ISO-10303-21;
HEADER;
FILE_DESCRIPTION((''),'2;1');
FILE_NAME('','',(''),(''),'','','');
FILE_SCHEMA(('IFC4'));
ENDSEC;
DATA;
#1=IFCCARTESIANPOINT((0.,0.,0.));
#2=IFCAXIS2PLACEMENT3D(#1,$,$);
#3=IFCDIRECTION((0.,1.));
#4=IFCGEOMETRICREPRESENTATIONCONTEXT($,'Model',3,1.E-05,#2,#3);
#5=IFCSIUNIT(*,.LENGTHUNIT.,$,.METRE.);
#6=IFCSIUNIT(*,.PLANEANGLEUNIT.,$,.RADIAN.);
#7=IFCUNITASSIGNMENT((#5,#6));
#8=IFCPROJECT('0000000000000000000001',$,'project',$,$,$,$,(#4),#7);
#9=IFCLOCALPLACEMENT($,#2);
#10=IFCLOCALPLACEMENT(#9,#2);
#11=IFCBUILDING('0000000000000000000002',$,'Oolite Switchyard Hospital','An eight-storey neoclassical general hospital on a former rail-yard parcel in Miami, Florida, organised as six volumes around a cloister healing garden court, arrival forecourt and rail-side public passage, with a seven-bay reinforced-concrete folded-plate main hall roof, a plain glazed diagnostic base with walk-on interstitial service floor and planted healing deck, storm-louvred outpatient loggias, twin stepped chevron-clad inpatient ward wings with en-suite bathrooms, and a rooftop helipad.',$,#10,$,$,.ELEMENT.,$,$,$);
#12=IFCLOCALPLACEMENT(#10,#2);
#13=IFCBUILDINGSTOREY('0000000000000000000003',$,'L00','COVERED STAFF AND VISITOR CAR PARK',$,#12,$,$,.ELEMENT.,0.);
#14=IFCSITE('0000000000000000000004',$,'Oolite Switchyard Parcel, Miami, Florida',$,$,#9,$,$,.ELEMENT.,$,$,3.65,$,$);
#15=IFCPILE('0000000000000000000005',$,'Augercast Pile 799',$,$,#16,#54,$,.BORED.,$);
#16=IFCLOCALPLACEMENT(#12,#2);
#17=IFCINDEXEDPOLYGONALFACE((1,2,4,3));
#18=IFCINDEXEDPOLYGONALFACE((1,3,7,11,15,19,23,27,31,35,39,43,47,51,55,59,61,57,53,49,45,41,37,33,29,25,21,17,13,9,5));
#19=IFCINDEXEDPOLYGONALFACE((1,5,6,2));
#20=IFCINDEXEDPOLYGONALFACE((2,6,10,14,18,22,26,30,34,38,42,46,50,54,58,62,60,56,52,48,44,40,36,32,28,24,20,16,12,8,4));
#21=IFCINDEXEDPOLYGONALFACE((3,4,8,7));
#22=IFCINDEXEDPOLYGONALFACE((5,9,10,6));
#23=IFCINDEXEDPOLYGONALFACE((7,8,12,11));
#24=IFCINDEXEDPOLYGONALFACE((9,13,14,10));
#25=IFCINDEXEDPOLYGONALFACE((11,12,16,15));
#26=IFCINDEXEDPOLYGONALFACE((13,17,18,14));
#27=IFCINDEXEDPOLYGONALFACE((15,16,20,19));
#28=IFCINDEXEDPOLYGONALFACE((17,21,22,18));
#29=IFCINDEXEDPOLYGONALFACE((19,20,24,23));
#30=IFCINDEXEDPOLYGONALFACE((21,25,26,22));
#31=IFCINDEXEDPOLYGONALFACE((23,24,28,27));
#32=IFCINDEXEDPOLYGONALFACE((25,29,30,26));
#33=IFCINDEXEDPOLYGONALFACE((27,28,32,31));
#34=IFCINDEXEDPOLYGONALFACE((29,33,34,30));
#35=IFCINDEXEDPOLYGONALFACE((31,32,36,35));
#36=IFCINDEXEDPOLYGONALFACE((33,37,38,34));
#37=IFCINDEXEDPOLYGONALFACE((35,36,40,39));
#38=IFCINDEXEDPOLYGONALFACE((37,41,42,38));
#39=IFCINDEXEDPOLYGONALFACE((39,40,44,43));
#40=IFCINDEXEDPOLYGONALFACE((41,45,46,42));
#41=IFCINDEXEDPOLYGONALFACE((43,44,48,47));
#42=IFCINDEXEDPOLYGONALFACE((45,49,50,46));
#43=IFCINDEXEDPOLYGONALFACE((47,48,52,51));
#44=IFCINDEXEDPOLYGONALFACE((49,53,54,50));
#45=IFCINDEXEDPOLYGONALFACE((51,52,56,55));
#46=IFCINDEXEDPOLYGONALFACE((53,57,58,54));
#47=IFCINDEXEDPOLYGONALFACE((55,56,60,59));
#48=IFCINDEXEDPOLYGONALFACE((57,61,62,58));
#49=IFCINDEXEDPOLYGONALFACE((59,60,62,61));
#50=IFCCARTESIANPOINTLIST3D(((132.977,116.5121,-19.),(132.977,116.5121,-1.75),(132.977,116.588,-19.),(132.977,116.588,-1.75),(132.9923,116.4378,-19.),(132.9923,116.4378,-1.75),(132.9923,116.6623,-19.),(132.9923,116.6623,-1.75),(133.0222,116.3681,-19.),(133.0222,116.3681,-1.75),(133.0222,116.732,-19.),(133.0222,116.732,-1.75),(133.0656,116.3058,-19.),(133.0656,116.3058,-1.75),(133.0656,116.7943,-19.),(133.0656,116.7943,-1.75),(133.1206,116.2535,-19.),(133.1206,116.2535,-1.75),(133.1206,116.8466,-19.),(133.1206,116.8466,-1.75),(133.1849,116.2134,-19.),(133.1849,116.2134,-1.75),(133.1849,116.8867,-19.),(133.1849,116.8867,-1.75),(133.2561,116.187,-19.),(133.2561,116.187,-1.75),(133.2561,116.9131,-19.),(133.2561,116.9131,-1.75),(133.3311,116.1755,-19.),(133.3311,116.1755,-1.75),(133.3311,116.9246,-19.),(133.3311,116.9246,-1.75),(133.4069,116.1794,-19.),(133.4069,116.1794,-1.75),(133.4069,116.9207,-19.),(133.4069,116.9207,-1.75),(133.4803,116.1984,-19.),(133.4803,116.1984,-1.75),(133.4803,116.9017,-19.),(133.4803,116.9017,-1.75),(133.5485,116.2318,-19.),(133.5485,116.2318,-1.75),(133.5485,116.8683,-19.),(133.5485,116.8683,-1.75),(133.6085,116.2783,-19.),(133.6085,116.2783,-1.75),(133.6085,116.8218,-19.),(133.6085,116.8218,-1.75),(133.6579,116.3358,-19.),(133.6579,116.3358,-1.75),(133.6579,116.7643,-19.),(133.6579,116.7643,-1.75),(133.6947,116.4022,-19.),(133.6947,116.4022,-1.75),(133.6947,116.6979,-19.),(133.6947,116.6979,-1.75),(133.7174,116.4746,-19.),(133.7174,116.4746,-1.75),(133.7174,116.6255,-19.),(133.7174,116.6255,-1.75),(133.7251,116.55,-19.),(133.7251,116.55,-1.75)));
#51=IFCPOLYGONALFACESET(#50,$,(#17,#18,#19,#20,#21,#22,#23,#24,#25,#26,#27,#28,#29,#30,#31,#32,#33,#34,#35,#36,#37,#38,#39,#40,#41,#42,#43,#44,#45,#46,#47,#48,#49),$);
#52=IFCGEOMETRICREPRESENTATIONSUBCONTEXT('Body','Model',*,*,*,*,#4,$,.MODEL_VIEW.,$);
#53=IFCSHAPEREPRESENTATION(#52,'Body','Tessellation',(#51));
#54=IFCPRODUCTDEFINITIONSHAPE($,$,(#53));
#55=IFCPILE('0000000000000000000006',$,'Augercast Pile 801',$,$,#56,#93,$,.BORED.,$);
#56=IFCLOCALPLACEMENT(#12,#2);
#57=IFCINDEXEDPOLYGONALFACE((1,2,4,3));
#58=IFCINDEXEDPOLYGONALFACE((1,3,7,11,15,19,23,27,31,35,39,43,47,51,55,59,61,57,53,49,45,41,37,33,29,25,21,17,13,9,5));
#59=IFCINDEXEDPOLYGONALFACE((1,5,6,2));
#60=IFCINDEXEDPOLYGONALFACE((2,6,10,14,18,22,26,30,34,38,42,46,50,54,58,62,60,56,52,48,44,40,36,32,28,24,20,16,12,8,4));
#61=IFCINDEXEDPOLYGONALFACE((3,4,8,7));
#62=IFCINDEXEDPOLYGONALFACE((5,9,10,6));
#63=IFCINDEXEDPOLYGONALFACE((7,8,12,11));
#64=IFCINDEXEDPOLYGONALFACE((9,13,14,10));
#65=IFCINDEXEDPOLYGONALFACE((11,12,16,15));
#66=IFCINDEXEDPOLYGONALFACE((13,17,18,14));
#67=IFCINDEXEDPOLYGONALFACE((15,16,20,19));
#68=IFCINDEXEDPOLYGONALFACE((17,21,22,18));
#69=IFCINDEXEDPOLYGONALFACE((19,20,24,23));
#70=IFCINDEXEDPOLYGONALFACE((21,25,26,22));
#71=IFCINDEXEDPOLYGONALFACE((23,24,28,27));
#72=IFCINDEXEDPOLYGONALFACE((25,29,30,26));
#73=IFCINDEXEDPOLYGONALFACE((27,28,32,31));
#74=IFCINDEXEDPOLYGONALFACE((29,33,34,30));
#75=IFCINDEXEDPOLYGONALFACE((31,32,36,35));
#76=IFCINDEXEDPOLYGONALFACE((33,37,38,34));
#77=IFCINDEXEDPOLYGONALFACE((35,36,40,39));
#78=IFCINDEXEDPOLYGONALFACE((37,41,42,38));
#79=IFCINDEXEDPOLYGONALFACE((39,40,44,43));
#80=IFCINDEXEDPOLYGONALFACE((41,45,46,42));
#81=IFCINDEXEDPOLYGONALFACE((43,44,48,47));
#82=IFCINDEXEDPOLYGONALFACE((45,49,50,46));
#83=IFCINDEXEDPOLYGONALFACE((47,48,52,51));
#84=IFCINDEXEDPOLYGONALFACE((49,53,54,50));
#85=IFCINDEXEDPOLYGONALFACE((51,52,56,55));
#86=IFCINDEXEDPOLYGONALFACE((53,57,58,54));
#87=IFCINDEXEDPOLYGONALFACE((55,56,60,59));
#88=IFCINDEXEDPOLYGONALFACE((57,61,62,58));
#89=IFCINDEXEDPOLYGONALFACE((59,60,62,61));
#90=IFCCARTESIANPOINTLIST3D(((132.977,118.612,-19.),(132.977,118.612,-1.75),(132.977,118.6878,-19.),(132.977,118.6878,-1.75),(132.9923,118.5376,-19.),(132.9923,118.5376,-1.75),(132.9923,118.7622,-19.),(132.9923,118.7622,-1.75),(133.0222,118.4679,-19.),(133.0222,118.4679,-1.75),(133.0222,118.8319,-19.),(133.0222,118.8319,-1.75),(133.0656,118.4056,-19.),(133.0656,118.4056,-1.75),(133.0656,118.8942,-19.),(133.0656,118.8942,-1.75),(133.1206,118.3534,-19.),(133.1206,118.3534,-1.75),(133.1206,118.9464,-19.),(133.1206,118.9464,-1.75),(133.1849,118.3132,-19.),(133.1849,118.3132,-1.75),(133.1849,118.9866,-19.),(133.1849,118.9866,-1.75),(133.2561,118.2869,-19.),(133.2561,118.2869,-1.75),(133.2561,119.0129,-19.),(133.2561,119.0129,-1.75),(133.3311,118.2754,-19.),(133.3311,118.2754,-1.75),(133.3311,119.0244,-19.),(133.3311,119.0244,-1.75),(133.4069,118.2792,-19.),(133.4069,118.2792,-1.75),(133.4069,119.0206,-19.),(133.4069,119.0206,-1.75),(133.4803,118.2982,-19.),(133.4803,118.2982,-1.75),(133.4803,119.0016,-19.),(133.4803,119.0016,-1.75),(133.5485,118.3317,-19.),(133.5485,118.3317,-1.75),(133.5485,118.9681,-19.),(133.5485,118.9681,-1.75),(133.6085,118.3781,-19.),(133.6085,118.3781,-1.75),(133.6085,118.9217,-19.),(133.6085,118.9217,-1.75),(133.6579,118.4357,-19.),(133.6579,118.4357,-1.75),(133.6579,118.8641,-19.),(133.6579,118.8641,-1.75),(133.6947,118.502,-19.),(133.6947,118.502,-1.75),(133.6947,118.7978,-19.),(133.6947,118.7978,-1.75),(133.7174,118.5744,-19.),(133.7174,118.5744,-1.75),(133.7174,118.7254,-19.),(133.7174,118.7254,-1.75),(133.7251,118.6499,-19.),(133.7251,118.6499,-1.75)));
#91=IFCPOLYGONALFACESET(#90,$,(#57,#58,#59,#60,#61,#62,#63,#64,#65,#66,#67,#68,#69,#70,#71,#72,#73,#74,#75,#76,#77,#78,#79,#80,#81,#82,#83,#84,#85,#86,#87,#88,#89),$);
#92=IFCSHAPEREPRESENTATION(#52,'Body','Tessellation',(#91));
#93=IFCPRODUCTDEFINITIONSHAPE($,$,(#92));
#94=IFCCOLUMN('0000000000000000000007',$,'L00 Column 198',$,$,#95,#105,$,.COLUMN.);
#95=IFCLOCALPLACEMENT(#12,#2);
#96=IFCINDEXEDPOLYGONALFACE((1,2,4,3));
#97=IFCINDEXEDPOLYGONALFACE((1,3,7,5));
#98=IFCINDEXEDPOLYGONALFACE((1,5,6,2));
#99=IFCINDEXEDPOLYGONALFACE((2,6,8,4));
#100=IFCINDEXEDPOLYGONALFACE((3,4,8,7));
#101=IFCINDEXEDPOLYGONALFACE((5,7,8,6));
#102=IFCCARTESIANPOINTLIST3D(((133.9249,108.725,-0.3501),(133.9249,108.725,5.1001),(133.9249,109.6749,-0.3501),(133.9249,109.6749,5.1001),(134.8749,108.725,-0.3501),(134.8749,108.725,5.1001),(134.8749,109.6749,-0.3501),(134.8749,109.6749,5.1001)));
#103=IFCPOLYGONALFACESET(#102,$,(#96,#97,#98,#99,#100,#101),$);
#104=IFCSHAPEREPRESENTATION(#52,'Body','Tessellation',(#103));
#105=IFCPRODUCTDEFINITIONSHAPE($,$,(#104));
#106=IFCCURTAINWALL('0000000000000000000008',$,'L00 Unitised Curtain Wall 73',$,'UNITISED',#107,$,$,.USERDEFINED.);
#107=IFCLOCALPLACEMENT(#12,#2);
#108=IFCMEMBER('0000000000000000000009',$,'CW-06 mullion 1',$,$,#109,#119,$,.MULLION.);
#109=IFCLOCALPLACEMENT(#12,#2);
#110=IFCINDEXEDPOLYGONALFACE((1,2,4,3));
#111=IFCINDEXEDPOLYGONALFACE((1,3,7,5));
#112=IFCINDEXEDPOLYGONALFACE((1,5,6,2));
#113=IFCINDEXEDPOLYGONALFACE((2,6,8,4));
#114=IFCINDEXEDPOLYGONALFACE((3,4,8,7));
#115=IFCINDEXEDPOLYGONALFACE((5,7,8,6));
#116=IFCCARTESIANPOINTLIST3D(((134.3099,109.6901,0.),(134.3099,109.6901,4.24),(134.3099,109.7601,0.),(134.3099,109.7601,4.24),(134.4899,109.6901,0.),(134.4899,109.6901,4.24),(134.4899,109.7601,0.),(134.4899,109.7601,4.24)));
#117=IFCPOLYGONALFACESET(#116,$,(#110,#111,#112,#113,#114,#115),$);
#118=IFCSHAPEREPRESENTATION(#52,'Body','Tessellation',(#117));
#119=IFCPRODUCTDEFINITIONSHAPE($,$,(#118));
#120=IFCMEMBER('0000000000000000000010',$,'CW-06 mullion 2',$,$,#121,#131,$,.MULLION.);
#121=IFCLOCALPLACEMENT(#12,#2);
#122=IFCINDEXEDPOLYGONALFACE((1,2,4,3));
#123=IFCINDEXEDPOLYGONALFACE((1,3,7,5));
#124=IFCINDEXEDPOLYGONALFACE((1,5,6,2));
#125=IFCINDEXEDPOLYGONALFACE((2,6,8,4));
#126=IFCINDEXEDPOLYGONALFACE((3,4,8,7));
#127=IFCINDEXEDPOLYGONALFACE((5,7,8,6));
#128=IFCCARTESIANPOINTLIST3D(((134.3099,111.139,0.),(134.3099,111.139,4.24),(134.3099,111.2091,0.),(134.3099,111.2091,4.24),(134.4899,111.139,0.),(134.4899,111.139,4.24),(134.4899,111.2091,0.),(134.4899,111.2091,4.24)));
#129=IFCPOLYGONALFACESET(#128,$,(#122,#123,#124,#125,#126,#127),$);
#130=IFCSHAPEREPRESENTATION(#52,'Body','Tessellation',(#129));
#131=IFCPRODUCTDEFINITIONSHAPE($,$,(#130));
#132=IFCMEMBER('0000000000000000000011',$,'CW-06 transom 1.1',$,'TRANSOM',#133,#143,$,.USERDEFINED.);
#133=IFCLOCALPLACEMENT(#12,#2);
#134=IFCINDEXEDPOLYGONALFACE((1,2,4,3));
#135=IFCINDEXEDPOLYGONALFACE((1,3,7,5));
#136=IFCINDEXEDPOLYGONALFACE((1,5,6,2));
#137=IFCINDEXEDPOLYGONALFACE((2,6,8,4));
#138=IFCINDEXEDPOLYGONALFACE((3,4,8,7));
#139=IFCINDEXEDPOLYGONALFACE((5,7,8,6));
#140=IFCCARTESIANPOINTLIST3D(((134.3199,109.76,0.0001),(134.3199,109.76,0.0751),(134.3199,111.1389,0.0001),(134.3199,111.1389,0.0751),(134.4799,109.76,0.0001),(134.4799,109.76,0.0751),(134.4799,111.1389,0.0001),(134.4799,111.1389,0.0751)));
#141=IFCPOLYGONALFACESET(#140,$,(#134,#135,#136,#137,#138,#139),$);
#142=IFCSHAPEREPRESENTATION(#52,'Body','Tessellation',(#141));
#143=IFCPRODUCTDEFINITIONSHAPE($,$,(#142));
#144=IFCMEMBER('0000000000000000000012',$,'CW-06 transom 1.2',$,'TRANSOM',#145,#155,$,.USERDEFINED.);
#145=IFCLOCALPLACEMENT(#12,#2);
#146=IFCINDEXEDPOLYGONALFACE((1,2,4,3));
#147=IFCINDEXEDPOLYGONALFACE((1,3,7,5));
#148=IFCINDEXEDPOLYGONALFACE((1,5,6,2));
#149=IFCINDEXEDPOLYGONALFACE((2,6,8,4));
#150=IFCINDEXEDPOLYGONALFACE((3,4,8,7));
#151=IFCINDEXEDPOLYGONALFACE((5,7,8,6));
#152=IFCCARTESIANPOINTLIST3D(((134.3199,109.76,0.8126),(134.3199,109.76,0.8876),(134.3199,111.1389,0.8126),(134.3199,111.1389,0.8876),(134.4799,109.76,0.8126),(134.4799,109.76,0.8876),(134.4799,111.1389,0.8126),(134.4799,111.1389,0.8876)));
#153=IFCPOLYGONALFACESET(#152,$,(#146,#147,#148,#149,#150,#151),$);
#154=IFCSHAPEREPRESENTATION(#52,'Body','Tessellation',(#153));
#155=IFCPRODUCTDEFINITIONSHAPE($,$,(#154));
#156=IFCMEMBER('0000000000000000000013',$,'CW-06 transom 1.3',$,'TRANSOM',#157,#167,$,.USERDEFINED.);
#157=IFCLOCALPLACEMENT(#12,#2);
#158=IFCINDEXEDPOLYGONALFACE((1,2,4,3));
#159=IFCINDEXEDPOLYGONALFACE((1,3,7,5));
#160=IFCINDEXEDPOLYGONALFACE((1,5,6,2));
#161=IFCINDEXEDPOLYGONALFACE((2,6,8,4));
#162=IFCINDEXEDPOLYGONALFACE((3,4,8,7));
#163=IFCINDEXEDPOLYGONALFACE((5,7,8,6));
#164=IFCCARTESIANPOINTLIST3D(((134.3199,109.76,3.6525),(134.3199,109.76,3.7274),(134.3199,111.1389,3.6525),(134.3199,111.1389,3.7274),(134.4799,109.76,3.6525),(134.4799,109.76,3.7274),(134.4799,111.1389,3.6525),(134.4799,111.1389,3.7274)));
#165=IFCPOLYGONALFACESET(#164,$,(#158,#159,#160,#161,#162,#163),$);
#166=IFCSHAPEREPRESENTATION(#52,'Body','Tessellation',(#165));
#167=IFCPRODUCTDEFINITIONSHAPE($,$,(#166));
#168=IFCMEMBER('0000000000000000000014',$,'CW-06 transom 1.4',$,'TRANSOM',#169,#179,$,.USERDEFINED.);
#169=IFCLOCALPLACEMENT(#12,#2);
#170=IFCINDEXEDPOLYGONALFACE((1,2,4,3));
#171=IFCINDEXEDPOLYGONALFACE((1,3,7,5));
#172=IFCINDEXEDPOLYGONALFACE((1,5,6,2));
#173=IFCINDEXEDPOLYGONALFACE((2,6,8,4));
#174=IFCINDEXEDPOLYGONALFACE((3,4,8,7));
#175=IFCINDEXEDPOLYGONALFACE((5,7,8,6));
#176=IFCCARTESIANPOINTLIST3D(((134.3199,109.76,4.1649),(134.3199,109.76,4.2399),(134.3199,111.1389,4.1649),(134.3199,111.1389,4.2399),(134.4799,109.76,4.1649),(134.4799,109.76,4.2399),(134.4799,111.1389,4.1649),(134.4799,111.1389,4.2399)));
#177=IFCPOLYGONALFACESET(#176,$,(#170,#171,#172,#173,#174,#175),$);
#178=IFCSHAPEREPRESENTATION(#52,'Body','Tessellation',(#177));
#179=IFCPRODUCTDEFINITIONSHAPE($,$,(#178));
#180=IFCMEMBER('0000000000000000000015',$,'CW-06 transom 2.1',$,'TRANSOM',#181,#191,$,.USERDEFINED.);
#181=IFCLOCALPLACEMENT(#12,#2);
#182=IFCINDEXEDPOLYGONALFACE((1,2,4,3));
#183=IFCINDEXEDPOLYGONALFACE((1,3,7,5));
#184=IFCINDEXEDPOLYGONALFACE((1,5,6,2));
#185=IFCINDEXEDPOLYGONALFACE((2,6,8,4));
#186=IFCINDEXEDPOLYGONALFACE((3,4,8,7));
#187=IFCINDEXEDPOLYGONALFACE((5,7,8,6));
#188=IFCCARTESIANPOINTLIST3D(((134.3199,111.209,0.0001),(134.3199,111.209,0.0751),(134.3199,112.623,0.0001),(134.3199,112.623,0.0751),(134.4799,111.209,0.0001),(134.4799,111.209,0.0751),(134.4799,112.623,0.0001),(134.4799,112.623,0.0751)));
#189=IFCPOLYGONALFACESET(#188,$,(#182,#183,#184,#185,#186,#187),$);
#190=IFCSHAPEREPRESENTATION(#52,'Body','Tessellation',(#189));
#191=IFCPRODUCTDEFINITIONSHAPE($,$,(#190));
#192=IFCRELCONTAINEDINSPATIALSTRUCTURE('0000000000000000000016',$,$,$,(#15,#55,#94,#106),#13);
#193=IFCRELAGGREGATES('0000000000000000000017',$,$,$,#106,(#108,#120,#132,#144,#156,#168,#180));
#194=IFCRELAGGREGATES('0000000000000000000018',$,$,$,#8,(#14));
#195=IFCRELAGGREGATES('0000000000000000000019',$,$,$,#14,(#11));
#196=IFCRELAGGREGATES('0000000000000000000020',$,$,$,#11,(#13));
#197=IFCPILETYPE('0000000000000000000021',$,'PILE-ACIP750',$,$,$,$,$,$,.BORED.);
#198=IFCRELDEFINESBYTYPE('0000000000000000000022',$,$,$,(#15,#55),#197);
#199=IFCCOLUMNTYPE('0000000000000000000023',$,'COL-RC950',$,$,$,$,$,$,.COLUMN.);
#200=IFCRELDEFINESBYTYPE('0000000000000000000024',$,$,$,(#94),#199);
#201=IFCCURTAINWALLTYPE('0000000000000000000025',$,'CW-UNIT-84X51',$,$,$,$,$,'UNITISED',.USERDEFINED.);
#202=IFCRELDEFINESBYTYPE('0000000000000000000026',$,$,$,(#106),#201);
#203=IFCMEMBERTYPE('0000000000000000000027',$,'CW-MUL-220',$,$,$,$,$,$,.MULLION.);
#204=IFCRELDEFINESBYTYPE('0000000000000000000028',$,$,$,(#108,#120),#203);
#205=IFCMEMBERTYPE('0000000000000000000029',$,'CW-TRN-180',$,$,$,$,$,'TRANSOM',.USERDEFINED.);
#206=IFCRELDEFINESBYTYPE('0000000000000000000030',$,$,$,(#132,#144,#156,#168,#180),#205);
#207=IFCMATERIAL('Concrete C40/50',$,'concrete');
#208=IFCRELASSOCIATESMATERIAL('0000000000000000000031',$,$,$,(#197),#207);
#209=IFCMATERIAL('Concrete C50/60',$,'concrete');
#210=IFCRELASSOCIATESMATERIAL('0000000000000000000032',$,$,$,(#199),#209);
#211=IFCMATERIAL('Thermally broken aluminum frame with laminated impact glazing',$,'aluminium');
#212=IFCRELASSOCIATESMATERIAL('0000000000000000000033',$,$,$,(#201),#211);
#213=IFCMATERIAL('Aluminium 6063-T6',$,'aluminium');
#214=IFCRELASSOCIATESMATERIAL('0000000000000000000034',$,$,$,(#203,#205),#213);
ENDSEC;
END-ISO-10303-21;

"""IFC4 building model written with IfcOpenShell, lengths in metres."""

from ifc_helpers import new_model, si_unit, direction, frame, origin, origin_2d, place, context, subcontext, project, spatial, rectangle, circle, extrude, material, material_profile, profile_set, type_object, element, aggregate, save


model = new_model("IFC4")

# Units and contexts
model_context = context("Model", 3, precision=1e-05, world=origin(), true_north=direction((0.0, 1.0)))
body_context = subcontext(model_context, "Body", "Model", "MODEL_VIEW")
ifc_project = project(units=[si_unit("LENGTHUNIT", "METRE"), si_unit("PLANEANGLEUNIT", "RADIAN")], contexts=[model_context])

# Site, building, storey
site_placement = place(None, origin())
site = spatial("IfcSite", under=ifc_project, at=site_placement, Name="Oolite Switchyard Parcel, Miami, Florida", CompositionType="ELEMENT", RefElevation=3.65)
building_placement = place(site_placement, origin())
building = spatial("IfcBuilding", under=site, at=building_placement, Name="Oolite Switchyard Hospital", Description="An eight-storey neoclassical general hospital on a former rail-yard parcel in Miami, Florida, organised as six volumes around a cloister healing garden court, arrival forecourt and rail-side public passage, with a seven-bay reinforced-concrete folded-plate main hall roof, a plain glazed diagnostic base with walk-on interstitial service floor and planted healing deck, storm-louvred outpatient loggias, twin stepped chevron-clad inpatient ward wings with en-suite bathrooms, and a rooftop helipad.", CompositionType="ELEMENT")
storey_placement = place(building_placement, origin())
storey = spatial("IfcBuildingStorey", under=building, at=storey_placement, Name="L00", Description="COVERED STAFF AND VISITOR CAR PARK", CompositionType="ELEMENT", Elevation=0.0)

# Shared definitions
ifc_material_1 = material(Name="Concrete C40/50", Category="concrete")

# Piles
ifc_material_profile_1 = material_profile(ifc_material_1, circle(Radius=0.375, at=origin_2d()), Name="PILE750")
ifc_profile_set_1 = profile_set([ifc_material_profile_1], Name="Concrete C40/50")
pile_type_1 = type_object("IfcPileType", Name="PILE-ACIP750", PredefinedType="BORED", material=ifc_profile_set_1)
for number, where, z_axis, x_axis, name in (
    (1, (133.3501, 116.55, -1.75), (0.0, 0.0, -1.0), (1.0, 0.0, 0.0), "Augercast Pile 799"),
    (2, (133.3501, 118.6499, -1.75), (0.0, 0.0, -1.0), (1.0, 0.0, 0.0), "Augercast Pile 801"),
):
    element("IfcPile", number, at=place(storey_placement, frame(where, z_axis=z_axis, x_axis=x_axis)), inside=storey, type_object=pile_type_1, Name=name, PredefinedType="BORED", context=body_context, shape_type="SweptSolid", body=[
        extrude(circle(Radius=0.375, at=origin_2d()), origin(), (0.0, 0.0, 1.0), 17.25),
    ])

# Column
ifc_material_2 = material(Name="Concrete C50/60", Category="concrete")
ifc_material_profile_2 = material_profile(ifc_material_2, rectangle(XDim=0.95, YDim=0.95, at=origin_2d()), Name="RC950X950")
ifc_profile_set_2 = profile_set([ifc_material_profile_2], Name="Concrete C50/60")
column_type = type_object("IfcColumnType", Name="COL-RC950", PredefinedType="COLUMN", material=ifc_profile_set_2)
column_placement = place(storey_placement, frame((134.3999, 109.2, -0.3501), z_axis=(0.0, 0.0, 1.0), x_axis=(1.0, 0.0, 0.0)))
element("IfcColumn", 3, at=column_placement, inside=storey, type_object=column_type, Name="L00 Column 198", PredefinedType="COLUMN", context=body_context, shape_type="SweptSolid", body=[
    extrude(rectangle(XDim=0.95, YDim=0.95, at=origin_2d()), origin(), (0.0, 0.0, 1.0), 5.4502),
])

# Curtain wall, members
ifc_material_3 = material(Name="Thermally broken aluminum frame with laminated impact glazing", Category="aluminium")
curtain_wall_type = type_object("IfcCurtainWallType", Name="CW-UNIT-84X51", ElementType="UNITISED", PredefinedType="USERDEFINED", material=ifc_material_3)
curtain_wall_placement = place(storey_placement, origin())
curtain_wall = element("IfcCurtainWall", 4, at=curtain_wall_placement, inside=storey, type_object=curtain_wall_type, Name="L00 Unitised Curtain Wall 73", ObjectType="UNITISED", PredefinedType="USERDEFINED")
ifc_material_4 = material(Name="Aluminium 6063-T6", Category="aluminium")
ifc_material_profile_3 = material_profile(ifc_material_4, rectangle(XDim=0.1799, YDim=0.0701, at=origin_2d()), Name="CWM70X180")
ifc_profile_set_3 = profile_set([ifc_material_profile_3], Name="Aluminium 6063-T6")
member_type_1 = type_object("IfcMemberType", Name="CW-MUL-220", PredefinedType="MULLION", material=ifc_profile_set_3)
member_1_placement = place(storey_placement, frame((134.3999, 109.7251, 0.0), z_axis=(0.0, 0.0, 1.0), x_axis=(-1.0, 0.0, 0.0)))
member_1 = element("IfcMember", 5, at=member_1_placement, type_object=member_type_1, Name="CW-06 mullion 1", PredefinedType="MULLION", context=body_context, shape_type="SweptSolid", body=[
    extrude(rectangle(XDim=0.1799, YDim=0.0701, at=origin_2d()), origin(), (0.0, 0.0, 1.0), 4.24),
])
member_2_placement = place(storey_placement, frame((134.3999, 111.1741, 0.0), z_axis=(0.0, 0.0, 1.0), x_axis=(-1.0, 0.0, 0.0)))
member_2 = element("IfcMember", 6, at=member_2_placement, type_object=member_type_1, Name="CW-06 mullion 2", PredefinedType="MULLION", context=body_context, shape_type="SweptSolid", body=[
    extrude(rectangle(XDim=0.1799, YDim=0.0701, at=origin_2d()), origin(), (0.0, 0.0, 1.0), 4.24),
])
ifc_material_profile_4 = material_profile(ifc_material_4, rectangle(XDim=0.1599, YDim=0.075, at=origin_2d()), Name="CWT75X160")
ifc_profile_set_4 = profile_set([ifc_material_profile_4], Name="Aluminium 6063-T6")
member_type_2 = type_object("IfcMemberType", Name="CW-TRN-180", ElementType="TRANSOM", PredefinedType="USERDEFINED", material=ifc_profile_set_4)
member_3_placement = place(storey_placement, frame((134.3999, 109.76, 0.0376), z_axis=(0.0, 1.0, 0.0), x_axis=(-1.0, 0.0, 0.0)))
member_3 = element("IfcMember", 7, at=member_3_placement, type_object=member_type_2, Name="CW-06 transom 1.1", ObjectType="TRANSOM", PredefinedType="USERDEFINED", context=body_context, shape_type="SweptSolid", body=[
    extrude(rectangle(XDim=0.1599, YDim=0.075, at=origin_2d()), origin(), (0.0, 0.0, 1.0), 1.3789),
])
member_4_placement = place(storey_placement, frame((134.3999, 109.76, 0.8501), z_axis=(0.0, 1.0, 0.0), x_axis=(-1.0, 0.0, 0.0)))
member_4 = element("IfcMember", 8, at=member_4_placement, type_object=member_type_2, Name="CW-06 transom 1.2", ObjectType="TRANSOM", PredefinedType="USERDEFINED", context=body_context, shape_type="SweptSolid", body=[
    extrude(rectangle(XDim=0.1599, YDim=0.075, at=origin_2d()), origin(), (0.0, 0.0, 1.0), 1.3789),
])
member_5_placement = place(storey_placement, frame((134.3999, 109.76, 3.6899), z_axis=(0.0, 1.0, 0.0), x_axis=(-1.0, 0.0, 0.0)))
member_5 = element("IfcMember", 9, at=member_5_placement, type_object=member_type_2, Name="CW-06 transom 1.3", ObjectType="TRANSOM", PredefinedType="USERDEFINED", context=body_context, shape_type="SweptSolid", body=[
    extrude(rectangle(XDim=0.1599, YDim=0.075, at=origin_2d()), origin(), (0.0, 0.0, 1.0), 1.3789),
])
member_6_placement = place(storey_placement, frame((134.3999, 109.76, 4.2024), z_axis=(0.0, 1.0, 0.0), x_axis=(-1.0, 0.0, 0.0)))
member_6 = element("IfcMember", 10, at=member_6_placement, type_object=member_type_2, Name="CW-06 transom 1.4", ObjectType="TRANSOM", PredefinedType="USERDEFINED", context=body_context, shape_type="SweptSolid", body=[
    extrude(rectangle(XDim=0.1599, YDim=0.075, at=origin_2d()), origin(), (0.0, 0.0, 1.0), 1.3789),
])
member_7_placement = place(storey_placement, frame((134.3999, 111.209, 0.0376), z_axis=(0.0, 1.0, 0.0), x_axis=(-1.0, 0.0, 0.0)))
member_7 = element("IfcMember", 11, at=member_7_placement, type_object=member_type_2, Name="CW-06 transom 2.1", ObjectType="TRANSOM", PredefinedType="USERDEFINED", context=body_context, shape_type="SweptSolid", body=[
    extrude(rectangle(XDim=0.1599, YDim=0.075, at=origin_2d()), origin(), (0.0, 0.0, 1.0), 1.4141),
])
aggregate(curtain_wall, [member_1, member_2, member_3, member_4, member_5, member_6, member_7])

save(model, "model.ifc")
